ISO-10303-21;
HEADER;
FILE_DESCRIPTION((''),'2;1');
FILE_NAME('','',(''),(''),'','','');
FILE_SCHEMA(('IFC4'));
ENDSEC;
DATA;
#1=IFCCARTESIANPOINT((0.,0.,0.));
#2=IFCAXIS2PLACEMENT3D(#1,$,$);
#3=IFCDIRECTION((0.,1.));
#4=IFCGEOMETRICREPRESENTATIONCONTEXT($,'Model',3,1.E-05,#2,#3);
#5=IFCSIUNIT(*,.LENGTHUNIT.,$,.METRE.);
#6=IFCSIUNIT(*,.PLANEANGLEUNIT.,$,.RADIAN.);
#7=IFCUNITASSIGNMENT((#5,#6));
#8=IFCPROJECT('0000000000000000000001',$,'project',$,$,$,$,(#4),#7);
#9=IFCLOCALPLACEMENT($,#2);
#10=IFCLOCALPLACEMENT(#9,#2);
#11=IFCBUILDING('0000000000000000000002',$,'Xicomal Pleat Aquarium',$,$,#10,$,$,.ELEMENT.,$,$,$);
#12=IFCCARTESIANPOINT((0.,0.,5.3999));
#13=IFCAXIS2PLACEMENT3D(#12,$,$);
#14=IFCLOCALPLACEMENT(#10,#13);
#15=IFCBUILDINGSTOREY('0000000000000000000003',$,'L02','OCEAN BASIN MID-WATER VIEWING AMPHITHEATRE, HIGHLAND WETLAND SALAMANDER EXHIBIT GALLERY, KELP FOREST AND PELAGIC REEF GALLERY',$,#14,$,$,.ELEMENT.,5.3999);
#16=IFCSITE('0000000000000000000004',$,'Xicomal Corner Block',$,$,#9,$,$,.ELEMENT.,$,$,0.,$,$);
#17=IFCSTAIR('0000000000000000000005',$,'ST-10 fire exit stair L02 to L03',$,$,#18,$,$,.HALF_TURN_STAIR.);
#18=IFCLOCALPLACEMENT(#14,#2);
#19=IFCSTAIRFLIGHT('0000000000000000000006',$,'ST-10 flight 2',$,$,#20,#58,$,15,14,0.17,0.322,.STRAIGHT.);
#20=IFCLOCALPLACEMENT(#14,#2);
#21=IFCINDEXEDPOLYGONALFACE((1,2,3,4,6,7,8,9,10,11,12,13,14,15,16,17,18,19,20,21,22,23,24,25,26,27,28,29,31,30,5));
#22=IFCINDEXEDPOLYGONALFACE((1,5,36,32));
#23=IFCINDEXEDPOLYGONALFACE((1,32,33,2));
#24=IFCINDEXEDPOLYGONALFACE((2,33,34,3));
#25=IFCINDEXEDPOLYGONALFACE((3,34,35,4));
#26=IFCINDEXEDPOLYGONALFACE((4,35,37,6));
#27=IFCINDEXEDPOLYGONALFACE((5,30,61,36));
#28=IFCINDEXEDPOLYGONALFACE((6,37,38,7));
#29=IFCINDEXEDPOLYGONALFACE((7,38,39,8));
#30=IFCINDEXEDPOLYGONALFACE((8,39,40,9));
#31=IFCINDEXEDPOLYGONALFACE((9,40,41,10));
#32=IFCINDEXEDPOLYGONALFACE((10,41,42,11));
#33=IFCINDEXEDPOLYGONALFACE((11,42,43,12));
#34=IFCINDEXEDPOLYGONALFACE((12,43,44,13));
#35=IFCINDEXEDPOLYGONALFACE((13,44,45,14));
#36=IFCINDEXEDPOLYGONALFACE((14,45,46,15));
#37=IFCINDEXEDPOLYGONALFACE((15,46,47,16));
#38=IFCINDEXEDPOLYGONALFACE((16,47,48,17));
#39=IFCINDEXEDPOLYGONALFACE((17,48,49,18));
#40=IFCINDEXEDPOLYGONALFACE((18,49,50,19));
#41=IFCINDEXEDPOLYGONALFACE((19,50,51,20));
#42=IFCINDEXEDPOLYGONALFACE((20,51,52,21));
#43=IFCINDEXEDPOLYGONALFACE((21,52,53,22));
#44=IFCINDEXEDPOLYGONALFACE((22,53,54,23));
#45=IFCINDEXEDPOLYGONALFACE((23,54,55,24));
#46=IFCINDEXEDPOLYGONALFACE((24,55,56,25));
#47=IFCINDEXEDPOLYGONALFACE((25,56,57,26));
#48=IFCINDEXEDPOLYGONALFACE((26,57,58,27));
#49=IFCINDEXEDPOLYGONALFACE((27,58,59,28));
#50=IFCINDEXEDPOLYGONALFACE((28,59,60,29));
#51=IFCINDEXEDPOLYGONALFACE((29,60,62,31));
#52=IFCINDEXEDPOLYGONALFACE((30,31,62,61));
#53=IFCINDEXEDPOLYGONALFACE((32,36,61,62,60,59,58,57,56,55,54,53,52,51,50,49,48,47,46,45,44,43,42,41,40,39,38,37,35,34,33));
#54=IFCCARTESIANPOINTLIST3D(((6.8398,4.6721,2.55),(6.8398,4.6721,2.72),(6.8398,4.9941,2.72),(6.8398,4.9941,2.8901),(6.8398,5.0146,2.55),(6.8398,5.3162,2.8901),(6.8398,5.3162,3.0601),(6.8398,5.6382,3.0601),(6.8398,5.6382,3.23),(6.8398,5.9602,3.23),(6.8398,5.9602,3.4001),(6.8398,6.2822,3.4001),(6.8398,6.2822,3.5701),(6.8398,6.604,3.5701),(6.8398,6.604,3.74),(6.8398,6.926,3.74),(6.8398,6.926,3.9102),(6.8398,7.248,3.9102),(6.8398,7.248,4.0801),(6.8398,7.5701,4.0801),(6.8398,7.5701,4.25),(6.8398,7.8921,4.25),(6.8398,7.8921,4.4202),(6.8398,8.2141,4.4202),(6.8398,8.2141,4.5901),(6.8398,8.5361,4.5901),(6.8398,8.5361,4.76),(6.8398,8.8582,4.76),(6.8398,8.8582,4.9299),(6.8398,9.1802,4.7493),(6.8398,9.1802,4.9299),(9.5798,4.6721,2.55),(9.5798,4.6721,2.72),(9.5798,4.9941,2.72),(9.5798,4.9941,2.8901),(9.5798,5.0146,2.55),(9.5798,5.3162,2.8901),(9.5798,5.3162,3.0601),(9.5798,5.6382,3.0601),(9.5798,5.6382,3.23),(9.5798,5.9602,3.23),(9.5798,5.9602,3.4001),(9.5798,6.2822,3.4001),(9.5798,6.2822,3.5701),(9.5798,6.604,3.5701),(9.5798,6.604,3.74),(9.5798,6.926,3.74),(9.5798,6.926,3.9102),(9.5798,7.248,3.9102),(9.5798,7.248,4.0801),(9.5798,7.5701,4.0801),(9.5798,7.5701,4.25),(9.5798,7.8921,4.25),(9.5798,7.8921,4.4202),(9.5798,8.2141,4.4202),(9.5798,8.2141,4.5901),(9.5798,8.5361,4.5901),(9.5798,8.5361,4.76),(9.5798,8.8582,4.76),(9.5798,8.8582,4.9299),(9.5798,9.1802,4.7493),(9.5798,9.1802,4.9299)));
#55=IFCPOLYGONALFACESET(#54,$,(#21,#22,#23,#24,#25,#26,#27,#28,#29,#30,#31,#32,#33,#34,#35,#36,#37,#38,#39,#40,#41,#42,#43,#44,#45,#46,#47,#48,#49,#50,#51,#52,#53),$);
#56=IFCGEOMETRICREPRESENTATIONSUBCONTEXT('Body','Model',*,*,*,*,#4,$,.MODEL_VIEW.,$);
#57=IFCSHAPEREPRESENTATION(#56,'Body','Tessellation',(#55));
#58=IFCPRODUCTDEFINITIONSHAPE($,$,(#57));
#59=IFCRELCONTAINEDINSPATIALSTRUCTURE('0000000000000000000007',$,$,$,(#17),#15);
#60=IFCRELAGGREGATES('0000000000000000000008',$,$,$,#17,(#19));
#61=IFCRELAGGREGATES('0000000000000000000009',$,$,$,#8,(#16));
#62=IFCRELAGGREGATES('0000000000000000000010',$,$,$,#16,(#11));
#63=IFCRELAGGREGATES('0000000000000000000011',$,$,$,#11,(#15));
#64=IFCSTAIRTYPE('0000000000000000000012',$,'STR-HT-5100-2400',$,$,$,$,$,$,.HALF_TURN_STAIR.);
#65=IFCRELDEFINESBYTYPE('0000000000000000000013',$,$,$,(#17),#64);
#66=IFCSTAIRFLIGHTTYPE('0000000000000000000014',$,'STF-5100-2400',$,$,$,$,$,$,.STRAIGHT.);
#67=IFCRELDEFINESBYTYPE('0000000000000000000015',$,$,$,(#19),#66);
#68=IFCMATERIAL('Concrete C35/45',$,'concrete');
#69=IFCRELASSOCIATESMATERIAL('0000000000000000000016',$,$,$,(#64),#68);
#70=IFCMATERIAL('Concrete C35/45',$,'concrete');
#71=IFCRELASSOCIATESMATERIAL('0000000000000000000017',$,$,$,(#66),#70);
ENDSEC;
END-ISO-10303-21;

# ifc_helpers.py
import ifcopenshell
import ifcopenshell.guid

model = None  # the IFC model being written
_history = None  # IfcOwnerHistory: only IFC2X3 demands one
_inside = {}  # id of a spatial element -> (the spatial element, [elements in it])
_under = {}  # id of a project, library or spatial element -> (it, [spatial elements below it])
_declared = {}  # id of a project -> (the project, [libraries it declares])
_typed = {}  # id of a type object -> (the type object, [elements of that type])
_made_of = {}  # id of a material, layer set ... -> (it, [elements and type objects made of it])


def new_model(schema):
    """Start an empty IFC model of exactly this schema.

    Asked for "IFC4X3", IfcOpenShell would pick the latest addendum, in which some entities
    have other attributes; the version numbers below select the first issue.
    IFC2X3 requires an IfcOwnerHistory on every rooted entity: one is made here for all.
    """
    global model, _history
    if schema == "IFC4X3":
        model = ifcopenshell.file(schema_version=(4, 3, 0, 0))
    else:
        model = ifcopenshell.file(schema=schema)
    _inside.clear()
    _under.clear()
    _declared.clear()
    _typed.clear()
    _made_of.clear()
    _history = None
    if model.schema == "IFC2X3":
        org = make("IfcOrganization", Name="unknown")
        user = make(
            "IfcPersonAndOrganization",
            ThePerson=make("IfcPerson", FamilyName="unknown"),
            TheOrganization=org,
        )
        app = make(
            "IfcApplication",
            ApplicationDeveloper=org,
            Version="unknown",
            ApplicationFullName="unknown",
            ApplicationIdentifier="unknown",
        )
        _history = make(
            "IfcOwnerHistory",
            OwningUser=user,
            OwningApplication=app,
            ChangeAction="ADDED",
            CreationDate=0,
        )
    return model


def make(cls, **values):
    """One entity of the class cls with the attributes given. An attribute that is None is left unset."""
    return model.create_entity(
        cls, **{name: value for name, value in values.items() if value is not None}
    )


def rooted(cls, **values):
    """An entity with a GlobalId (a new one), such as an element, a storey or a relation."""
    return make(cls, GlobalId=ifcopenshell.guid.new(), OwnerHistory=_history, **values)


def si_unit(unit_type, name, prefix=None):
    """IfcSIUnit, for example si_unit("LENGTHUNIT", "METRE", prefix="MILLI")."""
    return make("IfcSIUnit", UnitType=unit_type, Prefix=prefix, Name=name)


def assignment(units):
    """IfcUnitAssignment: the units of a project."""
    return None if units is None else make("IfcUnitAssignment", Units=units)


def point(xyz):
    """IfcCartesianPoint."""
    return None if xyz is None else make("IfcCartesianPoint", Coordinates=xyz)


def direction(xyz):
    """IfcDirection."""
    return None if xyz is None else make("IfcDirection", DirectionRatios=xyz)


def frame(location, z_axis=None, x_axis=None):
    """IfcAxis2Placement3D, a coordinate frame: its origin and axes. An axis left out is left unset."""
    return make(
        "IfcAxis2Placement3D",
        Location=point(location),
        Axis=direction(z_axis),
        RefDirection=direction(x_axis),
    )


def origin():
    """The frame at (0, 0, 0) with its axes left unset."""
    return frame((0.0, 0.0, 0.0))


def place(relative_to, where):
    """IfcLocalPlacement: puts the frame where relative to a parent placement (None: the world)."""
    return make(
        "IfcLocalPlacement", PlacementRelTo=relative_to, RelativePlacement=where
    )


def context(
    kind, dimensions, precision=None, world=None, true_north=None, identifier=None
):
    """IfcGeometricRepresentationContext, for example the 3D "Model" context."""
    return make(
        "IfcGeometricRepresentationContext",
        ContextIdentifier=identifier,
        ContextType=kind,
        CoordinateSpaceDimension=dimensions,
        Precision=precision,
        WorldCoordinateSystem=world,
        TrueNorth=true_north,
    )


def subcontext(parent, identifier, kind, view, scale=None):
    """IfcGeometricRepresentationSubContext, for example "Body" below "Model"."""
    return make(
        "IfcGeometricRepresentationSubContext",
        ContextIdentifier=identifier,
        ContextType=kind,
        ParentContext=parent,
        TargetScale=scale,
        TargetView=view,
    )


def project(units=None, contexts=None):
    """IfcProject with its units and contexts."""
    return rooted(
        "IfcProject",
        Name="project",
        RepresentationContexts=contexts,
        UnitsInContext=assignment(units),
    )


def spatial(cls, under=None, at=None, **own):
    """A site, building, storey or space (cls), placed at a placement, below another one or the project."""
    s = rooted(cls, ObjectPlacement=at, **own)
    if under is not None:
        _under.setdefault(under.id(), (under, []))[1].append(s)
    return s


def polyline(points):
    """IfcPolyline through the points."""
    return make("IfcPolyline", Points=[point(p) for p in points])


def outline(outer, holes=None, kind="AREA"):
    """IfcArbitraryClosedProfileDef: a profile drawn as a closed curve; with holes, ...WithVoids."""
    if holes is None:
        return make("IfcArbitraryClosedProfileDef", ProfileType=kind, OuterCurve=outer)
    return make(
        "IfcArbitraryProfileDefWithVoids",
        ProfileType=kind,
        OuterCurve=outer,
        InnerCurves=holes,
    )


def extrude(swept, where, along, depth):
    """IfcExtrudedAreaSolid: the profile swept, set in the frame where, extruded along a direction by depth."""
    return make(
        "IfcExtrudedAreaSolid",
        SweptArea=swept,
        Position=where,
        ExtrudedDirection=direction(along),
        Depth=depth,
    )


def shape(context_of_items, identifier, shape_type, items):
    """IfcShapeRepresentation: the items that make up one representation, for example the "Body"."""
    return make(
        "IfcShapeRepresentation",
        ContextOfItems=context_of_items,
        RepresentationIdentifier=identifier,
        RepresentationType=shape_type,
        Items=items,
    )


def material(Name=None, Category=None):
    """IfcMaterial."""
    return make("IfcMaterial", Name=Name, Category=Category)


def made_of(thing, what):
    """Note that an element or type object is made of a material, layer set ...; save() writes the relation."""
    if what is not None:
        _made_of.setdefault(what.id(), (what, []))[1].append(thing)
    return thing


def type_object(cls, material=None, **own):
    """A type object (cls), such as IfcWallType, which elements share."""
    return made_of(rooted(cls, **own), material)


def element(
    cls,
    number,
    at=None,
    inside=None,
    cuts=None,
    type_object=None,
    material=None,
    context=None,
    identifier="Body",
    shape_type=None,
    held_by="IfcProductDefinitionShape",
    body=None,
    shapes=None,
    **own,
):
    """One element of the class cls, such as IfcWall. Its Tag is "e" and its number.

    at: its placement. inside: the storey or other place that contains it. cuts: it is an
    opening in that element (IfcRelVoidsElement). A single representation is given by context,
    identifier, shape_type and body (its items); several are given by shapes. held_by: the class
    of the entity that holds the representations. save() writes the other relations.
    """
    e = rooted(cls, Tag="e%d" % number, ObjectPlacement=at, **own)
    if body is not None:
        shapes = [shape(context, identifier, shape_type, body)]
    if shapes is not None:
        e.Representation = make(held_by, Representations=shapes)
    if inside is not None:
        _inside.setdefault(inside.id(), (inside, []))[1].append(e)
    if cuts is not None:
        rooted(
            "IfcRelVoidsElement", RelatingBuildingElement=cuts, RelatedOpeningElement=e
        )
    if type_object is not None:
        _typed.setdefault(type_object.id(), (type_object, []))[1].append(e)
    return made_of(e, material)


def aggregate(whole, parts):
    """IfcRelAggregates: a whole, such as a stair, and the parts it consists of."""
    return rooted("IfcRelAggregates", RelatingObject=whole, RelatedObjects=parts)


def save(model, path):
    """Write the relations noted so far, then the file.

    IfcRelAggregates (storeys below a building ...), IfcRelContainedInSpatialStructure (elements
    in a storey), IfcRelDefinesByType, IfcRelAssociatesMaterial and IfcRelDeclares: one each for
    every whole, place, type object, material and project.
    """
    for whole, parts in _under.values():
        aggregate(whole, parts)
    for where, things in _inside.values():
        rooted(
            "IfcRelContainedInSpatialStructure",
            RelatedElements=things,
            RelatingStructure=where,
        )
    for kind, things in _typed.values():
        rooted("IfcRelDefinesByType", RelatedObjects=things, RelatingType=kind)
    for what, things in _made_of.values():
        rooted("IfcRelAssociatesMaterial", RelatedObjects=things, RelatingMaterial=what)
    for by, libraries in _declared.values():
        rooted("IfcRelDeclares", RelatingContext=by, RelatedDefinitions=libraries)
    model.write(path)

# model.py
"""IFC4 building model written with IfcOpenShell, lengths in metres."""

from ifc_helpers import new_model, si_unit, direction, frame, origin, place, context, subcontext, project, spatial, polyline, outline, extrude, material, type_object, element, aggregate, save


model = new_model("IFC4")

# Units and contexts
model_context = context("Model", 3, precision=1e-05, world=origin(), true_north=direction((0.0, 1.0)))
body_context = subcontext(model_context, "Body", "Model", "MODEL_VIEW")
ifc_project = project(units=[si_unit("LENGTHUNIT", "METRE"), si_unit("PLANEANGLEUNIT", "RADIAN")], contexts=[model_context])

# Site, building, storey
site_placement = place(None, origin())
site = spatial("IfcSite", under=ifc_project, at=site_placement, Name="Xicomal Corner Block", CompositionType="ELEMENT", RefElevation=0.0)
building_placement = place(site_placement, origin())
building = spatial("IfcBuilding", under=site, at=building_placement, Name="Xicomal Pleat Aquarium", CompositionType="ELEMENT")
storey_placement = place(building_placement, frame((0.0, 0.0, 5.3999)))
storey = spatial("IfcBuildingStorey", under=building, at=storey_placement, Name="L02", Description="OCEAN BASIN MID-WATER VIEWING AMPHITHEATRE, HIGHLAND WETLAND SALAMANDER EXHIBIT GALLERY, KELP FOREST AND PELAGIC REEF GALLERY", CompositionType="ELEMENT", Elevation=5.3999)

# Stair
ifc_material_1 = material(Name="Concrete C35/45", Category="concrete")
stair_type = type_object("IfcStairType", Name="STR-HT-5100-2400", PredefinedType="HALF_TURN_STAIR", material=ifc_material_1)
stair_1_placement = place(storey_placement, origin())
stair_1 = element("IfcStair", 1, at=stair_1_placement, inside=storey, type_object=stair_type, Name="ST-10 fire exit stair L02 to L03", PredefinedType="HALF_TURN_STAIR")

# Stair flight
ifc_material_2 = material(Name="Concrete C35/45", Category="concrete")
stair_flight_type = type_object("IfcStairFlightType", Name="STF-5100-2400", PredefinedType="STRAIGHT", material=ifc_material_2)
stair_flight_placement = place(storey_placement, frame((8.21, 4.6721, 2.55), z_axis=(0.0, 0.0, 1.0), x_axis=(0.0, 1.0, 0.0)))
stair_flight = element("IfcStairFlight", 2, at=stair_flight_placement, type_object=stair_flight_type, Name="ST-10 flight 2", NumberOfRisers=15, NumberOfTreads=14, PredefinedType="STRAIGHT", RiserHeight=0.17, TreadLength=0.322, context=body_context, shape_type="SweptSolid", body=[
    extrude(outline(polyline([(0.0, 0.0), (0.0, 0.1699), (0.322, 0.1699), (0.322, 0.3401), (0.644, 0.3401), (0.644, 0.51), (0.9661, 0.51), (0.9661, 0.6799), (1.2881, 0.6799), (1.2881, 0.8501), (1.6101, 0.8501), (1.6101, 1.02), (1.9319, 1.02), (1.9319, 1.1899), (2.2539, 1.1899), (2.2539, 1.3601), (2.5759, 1.3601), (2.5759, 1.53), (2.8979, 1.53), (2.8979, 1.7), (3.22, 1.7), (3.22, 1.8701), (3.542, 1.8701), (3.542, 2.04), (3.864, 2.04), (3.864, 2.21), (4.186, 2.21), (4.186, 2.3799), (4.5081, 2.3799), (4.5081, 2.55), (4.5081, 2.1992), (0.3425, 0.0), (0.0, 0.0)])), frame((0.0, 1.3701, 0.0), z_axis=(0.0, -1.0, 0.0), x_axis=(1.0, 0.0, 0.0)), (0.0, 0.0, 1.0), 2.74),
])
aggregate(stair_1, [stair_flight])

save(model, "model.ifc")
